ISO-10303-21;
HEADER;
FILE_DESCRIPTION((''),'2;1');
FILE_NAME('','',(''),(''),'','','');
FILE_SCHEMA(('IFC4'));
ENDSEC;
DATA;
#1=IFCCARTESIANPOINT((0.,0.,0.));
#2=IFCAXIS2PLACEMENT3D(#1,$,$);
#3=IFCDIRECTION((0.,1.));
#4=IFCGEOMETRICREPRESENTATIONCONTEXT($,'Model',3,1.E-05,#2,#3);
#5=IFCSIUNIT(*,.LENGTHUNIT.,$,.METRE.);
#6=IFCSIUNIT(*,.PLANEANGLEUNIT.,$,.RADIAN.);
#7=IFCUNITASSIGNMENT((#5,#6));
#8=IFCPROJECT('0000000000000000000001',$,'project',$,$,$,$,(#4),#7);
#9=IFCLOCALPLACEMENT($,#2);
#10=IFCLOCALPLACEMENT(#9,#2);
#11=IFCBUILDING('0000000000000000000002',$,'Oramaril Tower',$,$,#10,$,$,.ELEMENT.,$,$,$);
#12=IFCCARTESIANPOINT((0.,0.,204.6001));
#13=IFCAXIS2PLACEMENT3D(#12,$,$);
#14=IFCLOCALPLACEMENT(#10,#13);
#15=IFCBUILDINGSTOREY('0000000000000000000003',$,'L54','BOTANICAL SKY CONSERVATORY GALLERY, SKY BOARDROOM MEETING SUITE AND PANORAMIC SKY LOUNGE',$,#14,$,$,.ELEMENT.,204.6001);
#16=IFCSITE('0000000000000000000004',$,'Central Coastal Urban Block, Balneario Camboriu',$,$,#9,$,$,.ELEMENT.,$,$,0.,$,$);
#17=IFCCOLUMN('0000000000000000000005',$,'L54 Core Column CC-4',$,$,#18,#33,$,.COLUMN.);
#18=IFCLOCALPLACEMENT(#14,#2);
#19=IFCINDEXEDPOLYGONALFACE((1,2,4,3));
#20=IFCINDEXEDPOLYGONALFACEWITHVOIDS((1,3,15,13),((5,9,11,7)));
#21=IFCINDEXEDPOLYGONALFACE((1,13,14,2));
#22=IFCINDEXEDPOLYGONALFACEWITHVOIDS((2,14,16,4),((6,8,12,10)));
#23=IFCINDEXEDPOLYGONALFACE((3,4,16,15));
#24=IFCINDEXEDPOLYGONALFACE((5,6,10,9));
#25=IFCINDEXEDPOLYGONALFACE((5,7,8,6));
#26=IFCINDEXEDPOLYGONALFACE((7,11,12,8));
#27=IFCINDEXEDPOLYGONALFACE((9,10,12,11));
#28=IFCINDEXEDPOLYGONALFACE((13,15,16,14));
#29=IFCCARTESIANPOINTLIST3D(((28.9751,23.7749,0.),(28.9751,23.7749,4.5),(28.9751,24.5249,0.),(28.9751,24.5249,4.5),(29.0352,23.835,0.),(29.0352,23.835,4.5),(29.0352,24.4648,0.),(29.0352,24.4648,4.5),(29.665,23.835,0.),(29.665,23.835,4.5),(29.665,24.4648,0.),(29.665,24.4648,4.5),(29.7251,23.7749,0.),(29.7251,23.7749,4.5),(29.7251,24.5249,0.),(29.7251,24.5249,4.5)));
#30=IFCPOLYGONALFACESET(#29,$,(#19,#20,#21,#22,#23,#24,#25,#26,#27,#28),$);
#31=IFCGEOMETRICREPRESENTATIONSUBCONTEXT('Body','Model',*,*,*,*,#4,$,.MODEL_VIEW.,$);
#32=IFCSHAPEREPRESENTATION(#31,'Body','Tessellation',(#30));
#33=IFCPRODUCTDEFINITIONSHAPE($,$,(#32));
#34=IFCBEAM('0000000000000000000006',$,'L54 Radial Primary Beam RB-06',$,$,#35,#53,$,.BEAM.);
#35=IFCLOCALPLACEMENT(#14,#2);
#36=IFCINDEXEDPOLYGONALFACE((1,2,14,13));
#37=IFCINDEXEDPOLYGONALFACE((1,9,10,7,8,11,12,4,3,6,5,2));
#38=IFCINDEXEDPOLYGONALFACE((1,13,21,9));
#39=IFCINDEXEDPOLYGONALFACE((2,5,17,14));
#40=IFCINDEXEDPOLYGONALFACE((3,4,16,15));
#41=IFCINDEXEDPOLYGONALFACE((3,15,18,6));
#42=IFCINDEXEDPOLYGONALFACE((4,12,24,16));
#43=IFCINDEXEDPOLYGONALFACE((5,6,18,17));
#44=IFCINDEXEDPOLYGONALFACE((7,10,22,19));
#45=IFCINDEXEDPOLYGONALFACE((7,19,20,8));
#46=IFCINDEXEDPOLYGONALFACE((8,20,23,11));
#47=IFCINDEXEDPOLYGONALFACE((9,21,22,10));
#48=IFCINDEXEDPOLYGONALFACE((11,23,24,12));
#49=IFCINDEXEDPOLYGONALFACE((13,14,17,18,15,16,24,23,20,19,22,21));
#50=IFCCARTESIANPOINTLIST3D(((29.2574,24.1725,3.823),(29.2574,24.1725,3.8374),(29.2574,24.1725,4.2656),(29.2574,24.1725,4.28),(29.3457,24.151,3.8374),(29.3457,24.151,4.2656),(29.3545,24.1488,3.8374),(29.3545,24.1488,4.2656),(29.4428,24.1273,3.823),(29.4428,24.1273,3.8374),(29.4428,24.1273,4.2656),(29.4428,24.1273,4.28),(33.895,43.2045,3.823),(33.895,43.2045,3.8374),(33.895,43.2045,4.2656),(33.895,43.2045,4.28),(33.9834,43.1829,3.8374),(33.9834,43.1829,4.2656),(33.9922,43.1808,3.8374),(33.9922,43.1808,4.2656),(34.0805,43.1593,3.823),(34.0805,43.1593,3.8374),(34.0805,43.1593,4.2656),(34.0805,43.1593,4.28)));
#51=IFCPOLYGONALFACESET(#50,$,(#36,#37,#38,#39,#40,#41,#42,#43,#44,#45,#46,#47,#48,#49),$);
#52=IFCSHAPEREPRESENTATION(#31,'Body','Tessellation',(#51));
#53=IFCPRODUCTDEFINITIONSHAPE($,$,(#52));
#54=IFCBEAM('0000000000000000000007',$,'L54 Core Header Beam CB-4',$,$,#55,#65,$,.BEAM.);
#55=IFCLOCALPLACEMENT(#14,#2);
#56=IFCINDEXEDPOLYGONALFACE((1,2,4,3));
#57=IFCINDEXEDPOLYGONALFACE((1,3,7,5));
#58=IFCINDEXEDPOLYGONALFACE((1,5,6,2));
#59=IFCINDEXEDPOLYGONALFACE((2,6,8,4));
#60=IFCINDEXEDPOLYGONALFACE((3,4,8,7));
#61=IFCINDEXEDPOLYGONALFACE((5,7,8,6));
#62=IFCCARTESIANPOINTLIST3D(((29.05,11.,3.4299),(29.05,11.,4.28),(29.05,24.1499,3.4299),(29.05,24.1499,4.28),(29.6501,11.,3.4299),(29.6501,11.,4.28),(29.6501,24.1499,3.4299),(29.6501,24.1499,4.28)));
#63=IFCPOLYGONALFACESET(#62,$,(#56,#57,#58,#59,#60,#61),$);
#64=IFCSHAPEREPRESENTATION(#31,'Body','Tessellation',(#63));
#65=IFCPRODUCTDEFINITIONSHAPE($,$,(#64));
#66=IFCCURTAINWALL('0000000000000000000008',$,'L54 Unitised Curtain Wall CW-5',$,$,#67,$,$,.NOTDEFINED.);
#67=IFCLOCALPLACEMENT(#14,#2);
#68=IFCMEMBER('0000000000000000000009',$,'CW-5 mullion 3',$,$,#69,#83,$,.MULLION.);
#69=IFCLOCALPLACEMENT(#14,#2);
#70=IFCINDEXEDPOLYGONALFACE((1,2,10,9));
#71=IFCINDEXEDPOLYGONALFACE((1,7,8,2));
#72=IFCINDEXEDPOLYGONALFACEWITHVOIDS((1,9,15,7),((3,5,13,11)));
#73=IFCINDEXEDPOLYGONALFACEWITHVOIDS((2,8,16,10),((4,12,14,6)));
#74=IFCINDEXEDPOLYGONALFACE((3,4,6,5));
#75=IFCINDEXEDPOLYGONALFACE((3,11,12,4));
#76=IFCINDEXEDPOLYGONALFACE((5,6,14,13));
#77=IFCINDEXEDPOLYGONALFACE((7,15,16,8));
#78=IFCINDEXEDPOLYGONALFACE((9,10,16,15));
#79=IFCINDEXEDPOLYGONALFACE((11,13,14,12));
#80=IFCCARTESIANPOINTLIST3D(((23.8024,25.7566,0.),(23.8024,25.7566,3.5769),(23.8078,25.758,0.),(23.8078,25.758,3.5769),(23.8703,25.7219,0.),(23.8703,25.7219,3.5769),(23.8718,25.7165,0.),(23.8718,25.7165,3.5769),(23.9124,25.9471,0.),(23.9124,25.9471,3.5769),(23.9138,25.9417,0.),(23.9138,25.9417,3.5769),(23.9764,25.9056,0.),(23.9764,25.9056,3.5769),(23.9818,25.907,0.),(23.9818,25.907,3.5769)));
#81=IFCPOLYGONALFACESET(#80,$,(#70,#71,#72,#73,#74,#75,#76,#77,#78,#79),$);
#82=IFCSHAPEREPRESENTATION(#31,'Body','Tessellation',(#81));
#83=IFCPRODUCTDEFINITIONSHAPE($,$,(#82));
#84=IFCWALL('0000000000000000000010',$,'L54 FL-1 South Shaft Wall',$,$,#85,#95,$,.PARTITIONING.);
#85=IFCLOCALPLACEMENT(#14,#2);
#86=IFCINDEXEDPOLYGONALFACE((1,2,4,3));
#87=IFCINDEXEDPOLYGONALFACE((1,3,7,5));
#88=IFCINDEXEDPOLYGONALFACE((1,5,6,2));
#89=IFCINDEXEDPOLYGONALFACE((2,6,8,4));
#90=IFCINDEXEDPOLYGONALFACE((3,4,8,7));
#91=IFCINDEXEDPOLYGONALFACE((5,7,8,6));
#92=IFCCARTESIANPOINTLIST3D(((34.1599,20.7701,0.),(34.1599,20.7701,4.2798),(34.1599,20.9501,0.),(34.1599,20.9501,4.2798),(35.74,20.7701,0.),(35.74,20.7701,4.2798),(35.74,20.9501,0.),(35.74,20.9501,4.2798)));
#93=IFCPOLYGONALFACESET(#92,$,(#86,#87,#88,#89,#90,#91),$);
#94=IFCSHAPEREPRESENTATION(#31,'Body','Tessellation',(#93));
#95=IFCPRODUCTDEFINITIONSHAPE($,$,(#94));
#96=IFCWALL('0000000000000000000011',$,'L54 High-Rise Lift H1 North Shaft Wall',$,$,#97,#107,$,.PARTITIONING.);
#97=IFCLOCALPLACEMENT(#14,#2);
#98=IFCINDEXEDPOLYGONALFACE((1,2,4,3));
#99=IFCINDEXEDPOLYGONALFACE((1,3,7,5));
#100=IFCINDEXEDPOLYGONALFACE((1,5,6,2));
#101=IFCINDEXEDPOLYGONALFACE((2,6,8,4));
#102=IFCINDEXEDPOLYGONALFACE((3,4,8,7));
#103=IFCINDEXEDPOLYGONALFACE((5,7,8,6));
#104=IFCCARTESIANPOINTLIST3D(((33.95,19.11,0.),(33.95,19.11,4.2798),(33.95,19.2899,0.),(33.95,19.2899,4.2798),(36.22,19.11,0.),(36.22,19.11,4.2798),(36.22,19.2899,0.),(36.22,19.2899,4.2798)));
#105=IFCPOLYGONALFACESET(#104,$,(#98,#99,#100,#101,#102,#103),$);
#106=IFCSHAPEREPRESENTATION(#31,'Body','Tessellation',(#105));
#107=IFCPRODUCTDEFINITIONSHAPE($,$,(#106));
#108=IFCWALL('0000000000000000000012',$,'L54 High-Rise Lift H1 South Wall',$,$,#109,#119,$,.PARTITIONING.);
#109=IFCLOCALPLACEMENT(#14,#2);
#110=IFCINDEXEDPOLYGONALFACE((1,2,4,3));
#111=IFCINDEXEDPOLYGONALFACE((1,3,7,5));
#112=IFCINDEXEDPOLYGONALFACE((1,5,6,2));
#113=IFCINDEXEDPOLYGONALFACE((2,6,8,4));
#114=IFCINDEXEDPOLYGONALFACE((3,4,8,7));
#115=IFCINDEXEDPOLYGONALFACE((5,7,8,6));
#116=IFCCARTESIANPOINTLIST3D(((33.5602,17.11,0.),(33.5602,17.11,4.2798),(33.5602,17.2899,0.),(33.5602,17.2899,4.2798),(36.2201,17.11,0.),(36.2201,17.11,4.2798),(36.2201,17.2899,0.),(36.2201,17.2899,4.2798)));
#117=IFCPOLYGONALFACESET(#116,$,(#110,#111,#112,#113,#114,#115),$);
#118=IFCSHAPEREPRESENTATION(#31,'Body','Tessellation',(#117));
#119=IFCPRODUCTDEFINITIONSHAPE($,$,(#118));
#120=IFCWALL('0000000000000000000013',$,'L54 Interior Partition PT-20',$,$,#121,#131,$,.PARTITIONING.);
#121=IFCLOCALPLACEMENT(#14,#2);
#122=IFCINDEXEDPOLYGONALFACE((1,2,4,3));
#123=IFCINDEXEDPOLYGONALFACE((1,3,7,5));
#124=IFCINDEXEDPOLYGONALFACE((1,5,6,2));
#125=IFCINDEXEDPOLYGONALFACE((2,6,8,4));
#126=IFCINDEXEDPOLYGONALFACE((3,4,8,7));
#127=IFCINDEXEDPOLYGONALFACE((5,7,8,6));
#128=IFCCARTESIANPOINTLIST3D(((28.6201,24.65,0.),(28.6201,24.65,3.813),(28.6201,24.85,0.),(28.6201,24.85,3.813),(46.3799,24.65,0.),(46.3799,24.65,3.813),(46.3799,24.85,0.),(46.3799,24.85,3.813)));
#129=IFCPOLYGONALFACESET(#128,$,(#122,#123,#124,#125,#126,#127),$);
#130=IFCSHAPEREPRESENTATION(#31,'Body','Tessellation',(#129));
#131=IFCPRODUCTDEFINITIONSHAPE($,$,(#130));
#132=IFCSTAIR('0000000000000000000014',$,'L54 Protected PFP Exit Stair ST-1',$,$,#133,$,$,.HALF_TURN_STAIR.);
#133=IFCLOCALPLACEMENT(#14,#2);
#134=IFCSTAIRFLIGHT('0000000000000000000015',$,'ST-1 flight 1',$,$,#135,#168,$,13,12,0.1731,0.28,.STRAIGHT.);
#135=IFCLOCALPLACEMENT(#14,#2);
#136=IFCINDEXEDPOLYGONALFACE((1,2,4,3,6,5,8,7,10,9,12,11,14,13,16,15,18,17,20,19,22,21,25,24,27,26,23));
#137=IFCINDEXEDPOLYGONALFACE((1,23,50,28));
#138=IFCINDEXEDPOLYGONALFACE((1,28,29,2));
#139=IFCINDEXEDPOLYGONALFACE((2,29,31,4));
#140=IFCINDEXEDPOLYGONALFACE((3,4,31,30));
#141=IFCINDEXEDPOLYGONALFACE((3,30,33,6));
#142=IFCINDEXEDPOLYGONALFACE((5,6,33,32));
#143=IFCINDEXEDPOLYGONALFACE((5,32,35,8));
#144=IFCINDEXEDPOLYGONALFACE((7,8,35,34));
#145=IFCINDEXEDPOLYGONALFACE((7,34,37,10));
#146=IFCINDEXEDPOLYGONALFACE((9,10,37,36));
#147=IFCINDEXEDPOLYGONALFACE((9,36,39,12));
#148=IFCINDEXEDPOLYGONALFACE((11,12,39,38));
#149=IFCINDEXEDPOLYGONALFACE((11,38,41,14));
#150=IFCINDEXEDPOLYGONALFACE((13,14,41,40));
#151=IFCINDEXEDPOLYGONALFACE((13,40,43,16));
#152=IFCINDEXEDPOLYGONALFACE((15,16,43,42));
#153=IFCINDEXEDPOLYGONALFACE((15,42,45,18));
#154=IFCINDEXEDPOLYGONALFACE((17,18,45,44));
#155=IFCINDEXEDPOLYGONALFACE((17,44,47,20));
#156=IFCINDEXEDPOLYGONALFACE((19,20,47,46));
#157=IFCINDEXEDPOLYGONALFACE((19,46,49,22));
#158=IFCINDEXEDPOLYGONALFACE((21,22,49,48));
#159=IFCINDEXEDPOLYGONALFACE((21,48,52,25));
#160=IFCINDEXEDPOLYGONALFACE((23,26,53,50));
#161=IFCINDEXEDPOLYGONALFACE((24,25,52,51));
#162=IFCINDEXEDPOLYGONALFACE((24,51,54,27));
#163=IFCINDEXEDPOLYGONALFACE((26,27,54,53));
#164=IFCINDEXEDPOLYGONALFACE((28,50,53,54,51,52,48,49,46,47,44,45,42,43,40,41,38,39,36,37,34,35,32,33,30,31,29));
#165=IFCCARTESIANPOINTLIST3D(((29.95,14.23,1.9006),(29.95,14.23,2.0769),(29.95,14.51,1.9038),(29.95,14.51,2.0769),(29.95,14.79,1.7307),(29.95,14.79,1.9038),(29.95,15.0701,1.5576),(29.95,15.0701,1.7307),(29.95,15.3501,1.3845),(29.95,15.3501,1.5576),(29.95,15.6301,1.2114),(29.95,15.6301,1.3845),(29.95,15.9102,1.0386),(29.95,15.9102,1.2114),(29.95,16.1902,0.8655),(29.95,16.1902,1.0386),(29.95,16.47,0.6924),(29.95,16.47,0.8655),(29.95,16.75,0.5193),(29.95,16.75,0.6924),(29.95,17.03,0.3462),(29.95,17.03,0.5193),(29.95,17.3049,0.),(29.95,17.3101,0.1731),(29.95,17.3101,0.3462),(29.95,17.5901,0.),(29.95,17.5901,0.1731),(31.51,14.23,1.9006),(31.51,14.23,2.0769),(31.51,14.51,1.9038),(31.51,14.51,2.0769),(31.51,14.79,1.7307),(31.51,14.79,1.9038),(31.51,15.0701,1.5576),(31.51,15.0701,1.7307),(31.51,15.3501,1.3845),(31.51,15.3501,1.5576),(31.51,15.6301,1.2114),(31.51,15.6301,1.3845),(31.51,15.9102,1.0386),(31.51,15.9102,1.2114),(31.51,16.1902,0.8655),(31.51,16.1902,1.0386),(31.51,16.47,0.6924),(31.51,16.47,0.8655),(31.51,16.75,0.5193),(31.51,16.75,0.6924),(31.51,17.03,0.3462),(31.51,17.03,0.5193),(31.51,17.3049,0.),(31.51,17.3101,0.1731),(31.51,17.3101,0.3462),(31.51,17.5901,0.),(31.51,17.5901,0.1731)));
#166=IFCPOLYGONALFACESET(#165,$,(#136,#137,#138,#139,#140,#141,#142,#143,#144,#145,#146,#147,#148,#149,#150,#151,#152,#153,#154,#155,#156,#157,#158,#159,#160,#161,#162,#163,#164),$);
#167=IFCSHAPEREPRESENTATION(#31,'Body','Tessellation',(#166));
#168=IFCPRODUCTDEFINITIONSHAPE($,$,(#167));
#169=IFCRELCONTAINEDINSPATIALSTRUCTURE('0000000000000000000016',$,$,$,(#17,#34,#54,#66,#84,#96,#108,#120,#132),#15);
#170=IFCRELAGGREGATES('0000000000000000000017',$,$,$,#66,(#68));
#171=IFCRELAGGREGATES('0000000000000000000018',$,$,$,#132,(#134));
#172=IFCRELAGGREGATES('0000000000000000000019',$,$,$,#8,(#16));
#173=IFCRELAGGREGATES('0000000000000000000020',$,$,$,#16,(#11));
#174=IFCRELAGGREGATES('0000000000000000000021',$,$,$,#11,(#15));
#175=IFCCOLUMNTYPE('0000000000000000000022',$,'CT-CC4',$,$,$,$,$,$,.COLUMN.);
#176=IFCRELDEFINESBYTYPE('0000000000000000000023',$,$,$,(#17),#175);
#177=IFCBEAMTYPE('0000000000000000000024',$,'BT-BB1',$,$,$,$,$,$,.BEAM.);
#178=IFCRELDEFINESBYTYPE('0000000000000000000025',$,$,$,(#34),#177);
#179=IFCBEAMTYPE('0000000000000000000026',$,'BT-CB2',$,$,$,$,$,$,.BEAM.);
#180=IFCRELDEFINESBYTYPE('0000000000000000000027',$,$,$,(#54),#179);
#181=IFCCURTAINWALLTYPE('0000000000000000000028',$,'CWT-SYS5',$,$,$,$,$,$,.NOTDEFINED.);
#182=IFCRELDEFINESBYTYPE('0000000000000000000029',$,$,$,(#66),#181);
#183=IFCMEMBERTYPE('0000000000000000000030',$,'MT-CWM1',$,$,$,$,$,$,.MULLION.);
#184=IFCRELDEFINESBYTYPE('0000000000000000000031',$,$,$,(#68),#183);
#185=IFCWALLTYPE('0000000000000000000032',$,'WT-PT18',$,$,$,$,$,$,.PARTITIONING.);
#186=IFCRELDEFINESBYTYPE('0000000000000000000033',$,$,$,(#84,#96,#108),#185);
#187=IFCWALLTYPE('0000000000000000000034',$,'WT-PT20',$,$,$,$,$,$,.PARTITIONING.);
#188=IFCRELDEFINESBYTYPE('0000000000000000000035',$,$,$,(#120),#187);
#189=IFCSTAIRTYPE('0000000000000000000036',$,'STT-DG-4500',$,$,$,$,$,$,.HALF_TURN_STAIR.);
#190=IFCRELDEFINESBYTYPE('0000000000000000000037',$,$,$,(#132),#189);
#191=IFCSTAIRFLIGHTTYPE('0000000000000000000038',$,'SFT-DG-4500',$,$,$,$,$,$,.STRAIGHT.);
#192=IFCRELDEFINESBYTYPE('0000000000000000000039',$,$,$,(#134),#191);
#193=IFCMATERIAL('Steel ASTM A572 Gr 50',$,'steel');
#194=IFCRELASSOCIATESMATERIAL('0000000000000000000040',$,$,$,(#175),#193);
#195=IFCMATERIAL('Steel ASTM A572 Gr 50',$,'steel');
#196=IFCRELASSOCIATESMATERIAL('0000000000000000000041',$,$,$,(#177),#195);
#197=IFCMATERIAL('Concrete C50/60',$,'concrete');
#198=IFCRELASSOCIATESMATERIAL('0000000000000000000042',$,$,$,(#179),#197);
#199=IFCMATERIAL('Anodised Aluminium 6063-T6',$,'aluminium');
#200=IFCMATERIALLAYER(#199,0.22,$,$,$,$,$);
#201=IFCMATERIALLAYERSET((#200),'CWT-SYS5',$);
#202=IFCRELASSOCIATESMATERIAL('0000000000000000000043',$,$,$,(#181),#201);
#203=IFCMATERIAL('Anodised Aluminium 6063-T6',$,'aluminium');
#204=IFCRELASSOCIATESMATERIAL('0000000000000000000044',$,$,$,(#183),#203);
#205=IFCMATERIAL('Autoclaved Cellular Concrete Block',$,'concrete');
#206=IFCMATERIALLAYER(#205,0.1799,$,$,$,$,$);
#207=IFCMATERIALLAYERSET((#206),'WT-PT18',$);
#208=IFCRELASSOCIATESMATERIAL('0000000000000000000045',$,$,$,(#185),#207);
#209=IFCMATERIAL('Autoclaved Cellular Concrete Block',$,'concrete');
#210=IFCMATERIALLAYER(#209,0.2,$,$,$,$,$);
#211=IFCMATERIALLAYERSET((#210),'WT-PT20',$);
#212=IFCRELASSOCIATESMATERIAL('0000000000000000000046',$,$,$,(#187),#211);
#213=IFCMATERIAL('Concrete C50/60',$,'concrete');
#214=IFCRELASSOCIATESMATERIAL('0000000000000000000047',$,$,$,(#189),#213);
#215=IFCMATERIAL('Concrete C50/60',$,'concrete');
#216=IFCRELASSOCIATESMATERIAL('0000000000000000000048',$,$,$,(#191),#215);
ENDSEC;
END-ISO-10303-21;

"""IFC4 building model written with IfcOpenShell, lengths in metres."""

from ifc_helpers import new_model, si_unit, direction, frame, frame_2d, origin, origin_2d, place, context, subcontext, project, spatial, polyline, rectangle, hollow_rectangle, i_section, outline, extrude, material, layer, layer_set, material_profile, profile_set, type_object, element, aggregate, save


model = new_model("IFC4")

# Units and contexts
model_context = context("Model", 3, precision=1e-05, world=origin(), true_north=direction((0.0, 1.0)))
body_context = subcontext(model_context, "Body", "Model", "MODEL_VIEW")
ifc_project = project(units=[si_unit("LENGTHUNIT", "METRE"), si_unit("PLANEANGLEUNIT", "RADIAN")], contexts=[model_context])

# Site, building, storey
site_placement = place(None, origin())
site = spatial("IfcSite", under=ifc_project, at=site_placement, Name="Central Coastal Urban Block, Balneario Camboriu", CompositionType="ELEMENT", RefElevation=0.0)
building_placement = place(site_placement, origin())
building = spatial("IfcBuilding", under=site, at=building_placement, Name="Oramaril Tower", CompositionType="ELEMENT")
storey_placement = place(building_placement, frame((0.0, 0.0, 204.6001)))
storey = spatial("IfcBuildingStorey", under=building, at=storey_placement, Name="L54", Description="BOTANICAL SKY CONSERVATORY GALLERY, SKY BOARDROOM MEETING SUITE AND PANORAMIC SKY LOUNGE", CompositionType="ELEMENT", Elevation=204.6001)

# Column
ifc_material_1 = material(Name="Steel ASTM A572 Gr 50", Category="steel")
ifc_material_profile_1 = material_profile(ifc_material_1, hollow_rectangle(XDim=0.75, YDim=0.75, WallThickness=0.0601, at=origin_2d()), Name="BOX750X750X60")
ifc_profile_set_1 = profile_set([ifc_material_profile_1], Name="Steel ASTM A572 Gr 50")
column_type = type_object("IfcColumnType", Name="CT-CC4", PredefinedType="COLUMN", material=ifc_profile_set_1)
column_placement = place(storey_placement, frame((29.3501, 24.1499, 0.0), z_axis=(0.0, 0.0, 1.0), x_axis=(1.0, 0.0, 0.0)))
element("IfcColumn", 1, at=column_placement, inside=storey, type_object=column_type, Name="L54 Core Column CC-4", PredefinedType="COLUMN", context=body_context, shape_type="SweptSolid", body=[
    extrude(hollow_rectangle(XDim=0.75, YDim=0.75, WallThickness=0.0601, at=origin_2d()), origin(), (0.0, 0.0, 1.0), 4.5),
])

# Beams
ifc_material_2 = material(Name="Steel ASTM A572 Gr 50", Category="steel")
ifc_material_profile_2 = material_profile(ifc_material_2, i_section(OverallWidth=0.1909, OverallDepth=0.457, WebThickness=0.009, FlangeThickness=0.0144, at=origin_2d()), Name="W18X50")
ifc_profile_set_2 = profile_set([ifc_material_profile_2], Name="Steel ASTM A572 Gr 50")
beam_type_1 = type_object("IfcBeamType", Name="BT-BB1", PredefinedType="BEAM", material=ifc_profile_set_2)
beam_1_placement = place(storey_placement, frame((29.3501, 24.1499, 4.0515), z_axis=(0.236751, 0.97157, 0.0), x_axis=(-0.97157, 0.236751, 0.0)))
element("IfcBeam", 2, at=beam_1_placement, inside=storey, type_object=beam_type_1, Name="L54 Radial Primary Beam RB-06", PredefinedType="BEAM", context=body_context, shape_type="SweptSolid", body=[
    extrude(i_section(OverallWidth=0.1909, OverallDepth=0.457, WebThickness=0.009, FlangeThickness=0.0144, at=origin_2d()), origin(), (0.0, 0.0, 1.0), 19.5889),
])
ifc_material_3 = material(Name="Concrete C50/60", Category="concrete")
ifc_material_profile_3 = material_profile(ifc_material_3, rectangle(XDim=0.6001, YDim=0.8501, at=origin_2d()), Name="CB600X850")
ifc_profile_set_3 = profile_set([ifc_material_profile_3], Name="Concrete C50/60")
beam_type_2 = type_object("IfcBeamType", Name="BT-CB2", PredefinedType="BEAM", material=ifc_profile_set_3)
beam_2_placement = place(storey_placement, frame((29.3501, 24.1499, 3.855), z_axis=(0.0, -1.0, 0.0), x_axis=(1.0, 0.0, 0.0)))
element("IfcBeam", 3, at=beam_2_placement, inside=storey, type_object=beam_type_2, Name="L54 Core Header Beam CB-4", PredefinedType="BEAM", context=body_context, shape_type="SweptSolid", body=[
    extrude(rectangle(XDim=0.6001, YDim=0.8501, at=origin_2d()), origin(), (0.0, 0.0, 1.0), 13.1499),
])

# Curtain wall, member
ifc_material_4 = material(Name="Anodised Aluminium 6063-T6", Category="aluminium")
ifc_layer_1 = layer(ifc_material_4, 0.22)
ifc_layer_set_1 = layer_set([ifc_layer_1], Name="CWT-SYS5")
curtain_wall_type = type_object("IfcCurtainWallType", Name="CWT-SYS5", PredefinedType="NOTDEFINED", material=ifc_layer_set_1)
curtain_wall_placement = place(storey_placement, origin())
curtain_wall = element("IfcCurtainWall", 4, at=curtain_wall_placement, inside=storey, type_object=curtain_wall_type, Name="L54 Unitised Curtain Wall CW-5", PredefinedType="NOTDEFINED")
ifc_material_5 = material(Name="Anodised Aluminium 6063-T6", Category="aluminium")
ifc_material_profile_4 = material_profile(ifc_material_5, hollow_rectangle(XDim=0.0801, YDim=0.22, WallThickness=0.0039, at=origin_2d()), Name="CWM220X80")
ifc_profile_set_4 = profile_set([ifc_material_profile_4], Name="Anodised Aluminium 6063-T6")
member_type = type_object("IfcMemberType", Name="MT-CWM1", PredefinedType="MULLION", material=ifc_profile_set_4)
member_placement = place(storey_placement, frame((23.8921, 25.8318, 0.0), z_axis=(0.0, 0.0, 1.0), x_axis=(0.866025, -0.5, 0.0)))
member = element("IfcMember", 5, at=member_placement, type_object=member_type, Name="CW-5 mullion 3", PredefinedType="MULLION", context=body_context, shape_type="SweptSolid", body=[
    extrude(hollow_rectangle(XDim=0.0801, YDim=0.22, WallThickness=0.0039, at=origin_2d()), origin(), (0.0, 0.0, 1.0), 3.5769),
])
aggregate(curtain_wall, [member])

# Walls
ifc_material_6 = material(Name="Autoclaved Cellular Concrete Block", Category="concrete")
ifc_layer_2 = layer(ifc_material_6, 0.1799)
ifc_layer_set_2 = layer_set([ifc_layer_2], Name="WT-PT18")
wall_type_1 = type_object("IfcWallType", Name="WT-PT18", PredefinedType="PARTITIONING", material=ifc_layer_set_2)
wall_1_placement = place(storey_placement, frame((34.1599, 20.8601, 0.0), z_axis=(0.0, 0.0, 1.0), x_axis=(1.0, 0.0, 0.0)))
element("IfcWall", 6, at=wall_1_placement, inside=storey, type_object=wall_type_1, Name="L54 FL-1 South Shaft Wall", PredefinedType="PARTITIONING", context=body_context, shape_type="SweptSolid", body=[
    extrude(rectangle(XDim=1.5801, YDim=0.1799, at=frame_2d((0.79, 0.0))), origin(), (0.0, 0.0, 1.0), 4.2798),
])
wall_2_placement = place(storey_placement, frame((33.95, 19.2, 0.0), z_axis=(0.0, 0.0, 1.0), x_axis=(1.0, 0.0, 0.0)))
element("IfcWall", 7, at=wall_2_placement, inside=storey, type_object=wall_type_1, Name="L54 High-Rise Lift H1 North Shaft Wall", PredefinedType="PARTITIONING", context=body_context, shape_type="SweptSolid", body=[
    extrude(rectangle(XDim=2.27, YDim=0.1799, at=frame_2d((1.135, 0.0))), origin(), (0.0, 0.0, 1.0), 4.2798),
])
wall_3_placement = place(storey_placement, frame((33.5601, 17.2, 0.0), z_axis=(0.0, 0.0, 1.0), x_axis=(1.0, 0.0, 0.0)))
element("IfcWall", 8, at=wall_3_placement, inside=storey, type_object=wall_type_1, Name="L54 High-Rise Lift H1 South Wall", PredefinedType="PARTITIONING", context=body_context, shape_type="SweptSolid", body=[
    extrude(rectangle(XDim=2.6599, YDim=0.1799, at=frame_2d((1.3301, 0.0))), origin(), (0.0, 0.0, 1.0), 4.2798),
])
ifc_material_7 = material(Name="Autoclaved Cellular Concrete Block", Category="concrete")
ifc_layer_3 = layer(ifc_material_7, 0.2)
ifc_layer_set_3 = layer_set([ifc_layer_3], Name="WT-PT20")
wall_type_2 = type_object("IfcWallType", Name="WT-PT20", PredefinedType="PARTITIONING", material=ifc_layer_set_3)
wall_4_placement = place(storey_placement, frame((28.6201, 24.75, 0.0), z_axis=(0.0, 0.0, 1.0), x_axis=(1.0, 0.0, 0.0)))
element("IfcWall", 9, at=wall_4_placement, inside=storey, type_object=wall_type_2, Name="L54 Interior Partition PT-20", PredefinedType="PARTITIONING", context=body_context, shape_type="SweptSolid", body=[
    extrude(rectangle(XDim=17.7598, YDim=0.2, at=frame_2d((8.8799, 0.0))), origin(), (0.0, 0.0, 1.0), 3.813),
])

# Stair, stair flight
ifc_material_8 = material(Name="Concrete C50/60", Category="concrete")
stair_type = type_object("IfcStairType", Name="STT-DG-4500", PredefinedType="HALF_TURN_STAIR", material=ifc_material_8)
stair_placement = place(storey_placement, origin())
stair = element("IfcStair", 10, at=stair_placement, inside=storey, type_object=stair_type, Name="L54 Protected PFP Exit Stair ST-1", PredefinedType="HALF_TURN_STAIR")
ifc_material_9 = material(Name="Concrete C50/60", Category="concrete")
stair_flight_type = type_object("IfcStairFlightType", Name="SFT-DG-4500", PredefinedType="STRAIGHT", material=ifc_material_9)
stair_flight_1_placement = place(storey_placement, frame((30.73, 17.5901, 0.0), z_axis=(0.0, 0.0, 1.0), x_axis=(0.0, -1.0, 0.0)))
stair_flight_1 = element("IfcStairFlight", 11, at=stair_flight_1_placement, type_object=stair_flight_type, Name="ST-1 flight 1", NumberOfRisers=13, NumberOfTreads=12, PredefinedType="STRAIGHT", RiserHeight=0.1731, TreadLength=0.28, context=body_context, shape_type="SweptSolid", body=[
    extrude(outline(polyline([(0.0, 0.0), (0.0, 0.1731), (0.28, 0.1731), (0.28, 0.3462), (0.5601, 0.3462), (0.5601, 0.5193), (0.8401, 0.5193), (0.8401, 0.6924), (1.1201, 0.6924), (1.1201, 0.8655), (1.3999, 0.8655), (1.3999, 1.0386), (1.6799, 1.0386), (1.6799, 1.2114), (1.96, 1.2114), (1.96, 1.3845), (2.24, 1.3845), (2.24, 1.5576), (2.52, 1.5576), (2.52, 1.7307), (2.8, 1.7307), (2.8, 1.9038), (3.0801, 1.9038), (3.0801, 2.0769), (3.3601, 2.0769), (3.3601, 2.25), (3.3601, 1.9006), (0.2852, 0.0), (0.0, 0.0)])), frame((0.0, 0.78, 0.0), z_axis=(0.0, -1.0, 0.0), x_axis=(1.0, 0.0, 0.0)), (0.0, 0.0, 1.0), 1.5601),
])
aggregate(stair, [stair_flight_1])

save(model, "model.ifc")
